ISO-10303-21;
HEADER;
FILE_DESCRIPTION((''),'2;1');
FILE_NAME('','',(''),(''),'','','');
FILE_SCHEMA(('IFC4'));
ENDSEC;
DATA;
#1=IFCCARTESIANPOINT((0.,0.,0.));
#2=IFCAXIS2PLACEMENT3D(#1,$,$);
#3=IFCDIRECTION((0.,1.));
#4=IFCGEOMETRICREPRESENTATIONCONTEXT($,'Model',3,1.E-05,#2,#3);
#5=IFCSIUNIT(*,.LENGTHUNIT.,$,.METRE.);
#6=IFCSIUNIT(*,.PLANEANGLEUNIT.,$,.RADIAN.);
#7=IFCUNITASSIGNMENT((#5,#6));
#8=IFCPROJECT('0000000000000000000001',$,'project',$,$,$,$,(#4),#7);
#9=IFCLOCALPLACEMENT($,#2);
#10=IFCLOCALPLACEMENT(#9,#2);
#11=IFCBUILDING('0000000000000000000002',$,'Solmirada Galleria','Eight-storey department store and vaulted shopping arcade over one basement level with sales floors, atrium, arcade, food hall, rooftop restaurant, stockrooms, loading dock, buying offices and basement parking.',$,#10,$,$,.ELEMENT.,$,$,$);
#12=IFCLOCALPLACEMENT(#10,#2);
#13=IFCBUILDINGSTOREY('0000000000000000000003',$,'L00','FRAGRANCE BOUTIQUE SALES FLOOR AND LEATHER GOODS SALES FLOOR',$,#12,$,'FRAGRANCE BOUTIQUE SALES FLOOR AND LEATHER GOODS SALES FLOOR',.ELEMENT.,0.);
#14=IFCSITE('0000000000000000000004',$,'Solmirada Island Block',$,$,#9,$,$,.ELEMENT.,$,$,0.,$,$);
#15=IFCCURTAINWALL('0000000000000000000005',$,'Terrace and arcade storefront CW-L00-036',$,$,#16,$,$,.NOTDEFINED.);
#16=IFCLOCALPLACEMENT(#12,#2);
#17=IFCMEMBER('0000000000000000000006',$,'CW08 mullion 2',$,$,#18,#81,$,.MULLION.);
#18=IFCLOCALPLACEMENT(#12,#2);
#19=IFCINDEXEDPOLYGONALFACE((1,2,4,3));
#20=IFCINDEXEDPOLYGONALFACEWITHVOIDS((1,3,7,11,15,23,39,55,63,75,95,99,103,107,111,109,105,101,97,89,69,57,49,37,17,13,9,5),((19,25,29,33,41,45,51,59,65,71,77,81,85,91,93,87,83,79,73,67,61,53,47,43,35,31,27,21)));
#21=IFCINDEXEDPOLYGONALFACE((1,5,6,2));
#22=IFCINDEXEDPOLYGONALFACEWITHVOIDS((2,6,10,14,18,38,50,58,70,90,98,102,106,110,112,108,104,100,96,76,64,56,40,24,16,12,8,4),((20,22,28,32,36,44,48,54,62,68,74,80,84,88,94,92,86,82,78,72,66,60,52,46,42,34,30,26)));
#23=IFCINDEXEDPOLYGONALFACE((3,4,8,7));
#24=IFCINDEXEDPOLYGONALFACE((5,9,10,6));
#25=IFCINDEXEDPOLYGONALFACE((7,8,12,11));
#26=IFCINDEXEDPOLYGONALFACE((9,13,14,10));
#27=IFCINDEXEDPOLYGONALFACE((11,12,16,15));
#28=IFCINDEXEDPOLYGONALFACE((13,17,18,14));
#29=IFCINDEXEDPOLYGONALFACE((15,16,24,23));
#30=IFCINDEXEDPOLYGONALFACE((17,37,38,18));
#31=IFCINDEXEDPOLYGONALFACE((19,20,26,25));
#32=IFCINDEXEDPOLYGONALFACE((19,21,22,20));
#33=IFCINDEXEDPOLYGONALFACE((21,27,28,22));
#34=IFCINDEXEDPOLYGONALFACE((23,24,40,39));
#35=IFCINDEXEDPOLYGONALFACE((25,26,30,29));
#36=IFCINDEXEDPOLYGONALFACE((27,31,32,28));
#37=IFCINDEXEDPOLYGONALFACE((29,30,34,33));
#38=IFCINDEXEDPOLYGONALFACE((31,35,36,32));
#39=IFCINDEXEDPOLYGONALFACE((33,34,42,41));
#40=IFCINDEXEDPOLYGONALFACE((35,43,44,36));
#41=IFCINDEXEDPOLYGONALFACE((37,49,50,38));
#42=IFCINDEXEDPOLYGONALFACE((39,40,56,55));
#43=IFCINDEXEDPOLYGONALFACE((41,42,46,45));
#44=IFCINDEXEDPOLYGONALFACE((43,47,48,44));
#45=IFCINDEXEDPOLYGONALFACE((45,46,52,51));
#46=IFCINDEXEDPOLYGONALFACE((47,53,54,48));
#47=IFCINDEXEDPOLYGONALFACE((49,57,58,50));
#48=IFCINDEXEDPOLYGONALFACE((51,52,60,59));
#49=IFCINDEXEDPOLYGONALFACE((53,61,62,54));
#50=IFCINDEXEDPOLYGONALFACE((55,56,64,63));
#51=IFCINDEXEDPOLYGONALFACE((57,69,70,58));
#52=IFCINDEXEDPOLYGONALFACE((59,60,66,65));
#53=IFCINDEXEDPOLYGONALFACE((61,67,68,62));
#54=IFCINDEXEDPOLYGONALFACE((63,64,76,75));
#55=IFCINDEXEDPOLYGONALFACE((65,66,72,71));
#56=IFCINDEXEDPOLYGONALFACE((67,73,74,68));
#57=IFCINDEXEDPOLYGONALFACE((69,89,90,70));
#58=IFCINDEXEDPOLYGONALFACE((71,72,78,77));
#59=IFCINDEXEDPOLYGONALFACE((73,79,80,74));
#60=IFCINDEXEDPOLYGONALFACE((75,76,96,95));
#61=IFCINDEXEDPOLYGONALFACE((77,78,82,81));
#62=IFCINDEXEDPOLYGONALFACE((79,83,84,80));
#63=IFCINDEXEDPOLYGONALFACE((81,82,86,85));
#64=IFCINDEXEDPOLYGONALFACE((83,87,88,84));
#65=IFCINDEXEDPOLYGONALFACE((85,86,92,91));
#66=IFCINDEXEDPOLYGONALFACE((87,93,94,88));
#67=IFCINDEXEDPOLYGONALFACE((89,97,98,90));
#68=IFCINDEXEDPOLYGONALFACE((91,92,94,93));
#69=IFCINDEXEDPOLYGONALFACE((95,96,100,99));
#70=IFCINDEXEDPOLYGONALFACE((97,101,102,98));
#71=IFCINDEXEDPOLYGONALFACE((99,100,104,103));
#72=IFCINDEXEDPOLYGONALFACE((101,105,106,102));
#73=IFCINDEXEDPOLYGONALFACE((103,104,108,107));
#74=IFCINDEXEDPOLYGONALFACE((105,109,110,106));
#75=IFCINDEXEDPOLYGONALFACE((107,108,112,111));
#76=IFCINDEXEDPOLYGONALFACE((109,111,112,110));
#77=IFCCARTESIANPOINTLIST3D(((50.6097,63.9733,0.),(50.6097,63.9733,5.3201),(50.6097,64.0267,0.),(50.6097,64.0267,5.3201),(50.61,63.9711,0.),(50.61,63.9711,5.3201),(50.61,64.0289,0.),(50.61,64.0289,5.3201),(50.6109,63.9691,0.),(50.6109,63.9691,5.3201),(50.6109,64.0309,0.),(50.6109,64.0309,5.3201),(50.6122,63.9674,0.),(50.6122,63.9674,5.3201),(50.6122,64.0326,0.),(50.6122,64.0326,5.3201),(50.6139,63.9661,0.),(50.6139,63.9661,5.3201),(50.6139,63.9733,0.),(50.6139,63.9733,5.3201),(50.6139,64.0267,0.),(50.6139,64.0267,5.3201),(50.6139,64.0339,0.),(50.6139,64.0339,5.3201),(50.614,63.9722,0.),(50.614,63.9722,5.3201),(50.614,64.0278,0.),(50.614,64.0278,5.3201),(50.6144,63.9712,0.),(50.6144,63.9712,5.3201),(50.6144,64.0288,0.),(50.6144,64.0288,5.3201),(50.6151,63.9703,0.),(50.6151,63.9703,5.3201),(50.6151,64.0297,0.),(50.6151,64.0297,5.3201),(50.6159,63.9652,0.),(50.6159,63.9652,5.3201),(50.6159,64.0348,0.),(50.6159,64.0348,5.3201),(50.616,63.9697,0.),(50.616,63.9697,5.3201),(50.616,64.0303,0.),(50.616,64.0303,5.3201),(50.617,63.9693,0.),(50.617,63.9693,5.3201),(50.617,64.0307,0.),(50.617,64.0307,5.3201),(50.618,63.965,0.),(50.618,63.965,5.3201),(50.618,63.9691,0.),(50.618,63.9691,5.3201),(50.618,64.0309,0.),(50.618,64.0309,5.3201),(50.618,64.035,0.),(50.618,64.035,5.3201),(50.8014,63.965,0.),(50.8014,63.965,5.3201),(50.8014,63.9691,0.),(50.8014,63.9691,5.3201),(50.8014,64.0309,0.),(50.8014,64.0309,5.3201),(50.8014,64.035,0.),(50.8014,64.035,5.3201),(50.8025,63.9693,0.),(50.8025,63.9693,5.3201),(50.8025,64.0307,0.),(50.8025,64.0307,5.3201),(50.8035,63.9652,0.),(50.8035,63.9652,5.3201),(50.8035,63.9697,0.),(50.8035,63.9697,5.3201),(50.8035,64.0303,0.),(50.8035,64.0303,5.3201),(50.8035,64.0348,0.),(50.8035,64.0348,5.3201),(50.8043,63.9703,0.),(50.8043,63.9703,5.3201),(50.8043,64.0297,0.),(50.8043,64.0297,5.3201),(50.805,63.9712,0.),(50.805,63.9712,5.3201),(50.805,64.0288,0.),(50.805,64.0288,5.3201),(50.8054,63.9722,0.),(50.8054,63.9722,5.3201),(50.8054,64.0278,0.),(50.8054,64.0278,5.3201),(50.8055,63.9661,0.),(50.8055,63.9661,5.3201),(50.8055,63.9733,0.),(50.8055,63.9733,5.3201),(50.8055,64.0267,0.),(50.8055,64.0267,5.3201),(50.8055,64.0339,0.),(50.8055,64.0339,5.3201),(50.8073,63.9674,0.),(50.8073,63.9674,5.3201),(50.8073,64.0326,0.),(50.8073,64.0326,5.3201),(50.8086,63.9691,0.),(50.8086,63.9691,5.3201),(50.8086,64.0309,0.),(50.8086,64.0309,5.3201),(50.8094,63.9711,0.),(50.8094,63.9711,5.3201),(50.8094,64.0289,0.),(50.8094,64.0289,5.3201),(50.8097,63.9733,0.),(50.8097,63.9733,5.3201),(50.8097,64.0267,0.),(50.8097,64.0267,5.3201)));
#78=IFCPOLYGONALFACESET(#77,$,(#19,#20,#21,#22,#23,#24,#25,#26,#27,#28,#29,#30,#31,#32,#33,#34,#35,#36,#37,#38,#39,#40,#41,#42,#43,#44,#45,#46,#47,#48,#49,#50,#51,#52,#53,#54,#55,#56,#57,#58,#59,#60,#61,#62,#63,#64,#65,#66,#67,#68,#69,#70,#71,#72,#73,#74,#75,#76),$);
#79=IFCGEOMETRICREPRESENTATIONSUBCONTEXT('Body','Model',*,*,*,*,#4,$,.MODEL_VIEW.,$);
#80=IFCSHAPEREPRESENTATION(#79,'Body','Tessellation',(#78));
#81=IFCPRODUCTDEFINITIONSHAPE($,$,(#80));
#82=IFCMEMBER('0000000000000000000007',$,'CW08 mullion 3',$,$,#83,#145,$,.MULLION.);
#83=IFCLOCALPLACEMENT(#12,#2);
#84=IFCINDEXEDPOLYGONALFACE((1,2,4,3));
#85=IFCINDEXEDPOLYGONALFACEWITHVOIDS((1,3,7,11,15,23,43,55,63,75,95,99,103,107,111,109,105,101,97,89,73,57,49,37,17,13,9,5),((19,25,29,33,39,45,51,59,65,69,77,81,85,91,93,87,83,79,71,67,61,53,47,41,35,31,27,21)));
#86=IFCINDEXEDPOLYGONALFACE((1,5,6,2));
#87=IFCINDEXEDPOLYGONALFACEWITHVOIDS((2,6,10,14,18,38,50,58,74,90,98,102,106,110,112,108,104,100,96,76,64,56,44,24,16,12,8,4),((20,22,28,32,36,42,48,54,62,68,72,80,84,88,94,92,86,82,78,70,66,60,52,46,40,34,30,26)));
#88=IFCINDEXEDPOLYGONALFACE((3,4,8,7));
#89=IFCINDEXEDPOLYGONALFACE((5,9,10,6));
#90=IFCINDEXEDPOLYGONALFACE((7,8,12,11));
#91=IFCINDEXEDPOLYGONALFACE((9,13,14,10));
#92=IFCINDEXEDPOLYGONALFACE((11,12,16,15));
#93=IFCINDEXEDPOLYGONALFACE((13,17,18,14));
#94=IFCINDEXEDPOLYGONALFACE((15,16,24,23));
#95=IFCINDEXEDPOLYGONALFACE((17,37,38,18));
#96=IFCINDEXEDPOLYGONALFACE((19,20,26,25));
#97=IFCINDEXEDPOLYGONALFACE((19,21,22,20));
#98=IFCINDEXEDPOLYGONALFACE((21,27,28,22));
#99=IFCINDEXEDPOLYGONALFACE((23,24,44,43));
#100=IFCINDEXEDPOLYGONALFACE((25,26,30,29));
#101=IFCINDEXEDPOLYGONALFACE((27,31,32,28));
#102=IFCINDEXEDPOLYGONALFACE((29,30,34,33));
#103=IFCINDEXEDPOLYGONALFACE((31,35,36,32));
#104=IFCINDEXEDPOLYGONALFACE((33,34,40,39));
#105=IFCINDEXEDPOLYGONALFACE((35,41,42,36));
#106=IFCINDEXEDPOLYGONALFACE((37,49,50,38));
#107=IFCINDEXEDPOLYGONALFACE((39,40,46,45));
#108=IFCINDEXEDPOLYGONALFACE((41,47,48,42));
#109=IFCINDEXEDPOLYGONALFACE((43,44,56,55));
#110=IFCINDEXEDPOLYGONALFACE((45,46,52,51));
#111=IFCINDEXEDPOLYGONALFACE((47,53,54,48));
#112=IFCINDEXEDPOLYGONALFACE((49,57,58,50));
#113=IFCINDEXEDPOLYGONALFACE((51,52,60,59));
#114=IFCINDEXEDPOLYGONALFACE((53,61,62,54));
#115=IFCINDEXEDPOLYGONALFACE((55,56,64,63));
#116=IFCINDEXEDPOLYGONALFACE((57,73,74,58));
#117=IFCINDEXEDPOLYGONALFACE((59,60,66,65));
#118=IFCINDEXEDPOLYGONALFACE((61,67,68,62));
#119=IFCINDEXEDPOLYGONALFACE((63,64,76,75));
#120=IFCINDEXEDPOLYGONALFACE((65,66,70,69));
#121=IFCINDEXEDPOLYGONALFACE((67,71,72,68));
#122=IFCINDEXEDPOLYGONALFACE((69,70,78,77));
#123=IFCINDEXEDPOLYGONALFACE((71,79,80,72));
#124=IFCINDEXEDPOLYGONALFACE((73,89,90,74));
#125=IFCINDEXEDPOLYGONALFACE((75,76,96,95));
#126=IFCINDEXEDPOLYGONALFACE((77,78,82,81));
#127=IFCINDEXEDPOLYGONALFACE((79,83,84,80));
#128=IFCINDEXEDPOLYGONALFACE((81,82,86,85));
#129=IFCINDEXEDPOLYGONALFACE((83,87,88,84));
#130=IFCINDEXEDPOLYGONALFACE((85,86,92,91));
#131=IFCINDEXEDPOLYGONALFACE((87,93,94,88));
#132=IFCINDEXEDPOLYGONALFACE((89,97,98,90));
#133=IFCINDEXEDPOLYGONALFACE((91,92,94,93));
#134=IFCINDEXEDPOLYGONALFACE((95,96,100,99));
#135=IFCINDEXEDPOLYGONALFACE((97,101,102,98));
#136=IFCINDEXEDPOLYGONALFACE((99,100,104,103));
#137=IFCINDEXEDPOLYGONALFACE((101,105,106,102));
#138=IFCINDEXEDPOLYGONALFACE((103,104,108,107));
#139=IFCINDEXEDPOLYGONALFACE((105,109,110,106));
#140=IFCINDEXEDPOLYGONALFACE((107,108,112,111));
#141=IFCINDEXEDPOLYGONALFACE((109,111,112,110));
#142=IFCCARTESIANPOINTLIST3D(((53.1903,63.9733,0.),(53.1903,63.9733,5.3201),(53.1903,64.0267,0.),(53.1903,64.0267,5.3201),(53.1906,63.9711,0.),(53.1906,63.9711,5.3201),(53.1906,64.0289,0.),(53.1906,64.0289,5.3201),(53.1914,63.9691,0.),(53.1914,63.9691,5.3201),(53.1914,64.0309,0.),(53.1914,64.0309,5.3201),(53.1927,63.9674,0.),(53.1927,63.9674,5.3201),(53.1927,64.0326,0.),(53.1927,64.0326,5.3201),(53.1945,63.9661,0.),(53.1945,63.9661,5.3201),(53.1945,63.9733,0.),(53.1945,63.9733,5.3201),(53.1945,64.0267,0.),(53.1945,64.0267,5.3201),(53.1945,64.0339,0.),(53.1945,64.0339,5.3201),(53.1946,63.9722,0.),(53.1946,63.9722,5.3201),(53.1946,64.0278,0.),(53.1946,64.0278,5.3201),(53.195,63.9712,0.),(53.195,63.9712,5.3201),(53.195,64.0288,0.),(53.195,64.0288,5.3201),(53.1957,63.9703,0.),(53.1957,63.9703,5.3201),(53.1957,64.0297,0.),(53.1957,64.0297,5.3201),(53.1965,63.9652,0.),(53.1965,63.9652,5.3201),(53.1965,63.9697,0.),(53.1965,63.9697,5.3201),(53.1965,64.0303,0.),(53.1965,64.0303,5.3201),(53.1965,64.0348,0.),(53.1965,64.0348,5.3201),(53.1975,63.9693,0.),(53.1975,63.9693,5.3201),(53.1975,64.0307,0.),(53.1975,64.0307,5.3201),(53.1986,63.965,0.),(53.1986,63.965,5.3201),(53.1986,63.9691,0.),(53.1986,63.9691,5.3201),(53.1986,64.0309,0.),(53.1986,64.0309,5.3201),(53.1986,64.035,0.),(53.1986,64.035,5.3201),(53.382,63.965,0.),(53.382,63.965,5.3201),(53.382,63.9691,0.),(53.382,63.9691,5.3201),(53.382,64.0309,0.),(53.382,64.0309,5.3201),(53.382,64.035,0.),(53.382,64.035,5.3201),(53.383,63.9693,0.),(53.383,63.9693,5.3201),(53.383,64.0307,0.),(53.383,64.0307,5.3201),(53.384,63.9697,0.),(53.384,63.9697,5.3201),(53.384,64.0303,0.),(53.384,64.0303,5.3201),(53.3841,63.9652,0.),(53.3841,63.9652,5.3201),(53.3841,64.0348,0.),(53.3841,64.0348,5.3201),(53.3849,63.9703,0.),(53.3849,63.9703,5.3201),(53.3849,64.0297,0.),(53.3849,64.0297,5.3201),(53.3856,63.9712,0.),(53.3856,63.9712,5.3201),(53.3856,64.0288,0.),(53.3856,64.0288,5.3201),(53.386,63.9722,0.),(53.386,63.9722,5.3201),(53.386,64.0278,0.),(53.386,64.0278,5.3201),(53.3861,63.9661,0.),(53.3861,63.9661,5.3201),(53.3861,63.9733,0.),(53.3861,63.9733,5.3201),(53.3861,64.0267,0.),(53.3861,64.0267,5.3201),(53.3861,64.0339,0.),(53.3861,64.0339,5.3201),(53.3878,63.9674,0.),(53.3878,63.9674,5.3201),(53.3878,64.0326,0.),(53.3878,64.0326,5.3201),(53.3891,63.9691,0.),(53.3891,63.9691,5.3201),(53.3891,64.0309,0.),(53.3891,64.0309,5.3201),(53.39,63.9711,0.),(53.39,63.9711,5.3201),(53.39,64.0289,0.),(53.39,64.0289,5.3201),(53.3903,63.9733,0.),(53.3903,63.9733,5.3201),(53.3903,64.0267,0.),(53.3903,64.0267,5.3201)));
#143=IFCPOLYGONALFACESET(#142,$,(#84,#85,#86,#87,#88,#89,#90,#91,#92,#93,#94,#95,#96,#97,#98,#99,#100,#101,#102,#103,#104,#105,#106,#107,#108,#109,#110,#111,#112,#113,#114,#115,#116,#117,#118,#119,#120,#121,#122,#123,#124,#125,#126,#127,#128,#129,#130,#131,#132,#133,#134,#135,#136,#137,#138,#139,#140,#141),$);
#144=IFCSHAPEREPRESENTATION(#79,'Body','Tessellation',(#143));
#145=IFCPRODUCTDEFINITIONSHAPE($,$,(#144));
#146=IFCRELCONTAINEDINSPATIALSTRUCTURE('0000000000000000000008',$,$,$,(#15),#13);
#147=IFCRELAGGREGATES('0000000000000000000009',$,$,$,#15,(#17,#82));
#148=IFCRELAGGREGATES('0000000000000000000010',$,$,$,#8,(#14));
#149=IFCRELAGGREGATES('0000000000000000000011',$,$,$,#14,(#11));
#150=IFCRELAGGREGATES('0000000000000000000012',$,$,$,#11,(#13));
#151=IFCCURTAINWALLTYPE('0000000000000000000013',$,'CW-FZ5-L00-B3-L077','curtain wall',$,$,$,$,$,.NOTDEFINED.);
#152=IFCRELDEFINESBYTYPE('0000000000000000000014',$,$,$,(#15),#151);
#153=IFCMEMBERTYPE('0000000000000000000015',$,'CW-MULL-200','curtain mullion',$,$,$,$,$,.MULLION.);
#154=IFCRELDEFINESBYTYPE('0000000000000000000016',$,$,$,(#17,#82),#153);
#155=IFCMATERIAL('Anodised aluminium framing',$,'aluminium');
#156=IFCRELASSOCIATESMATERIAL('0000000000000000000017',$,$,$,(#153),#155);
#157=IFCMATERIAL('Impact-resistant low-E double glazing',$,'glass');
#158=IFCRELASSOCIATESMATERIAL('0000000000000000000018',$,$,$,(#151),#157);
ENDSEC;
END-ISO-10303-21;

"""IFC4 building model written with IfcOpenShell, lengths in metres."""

from ifc_helpers import new_model, si_unit, direction, frame, origin, origin_2d, place, context, subcontext, project, spatial, hollow_rectangle, extrude, material, material_profile, profile_set, type_object, element, aggregate, save


model = new_model("IFC4")

# Units and contexts
model_context = context("Model", 3, precision=1e-05, world=origin(), true_north=direction((0.0, 1.0)))
body_context = subcontext(model_context, "Body", "Model", "MODEL_VIEW")
ifc_project = project(units=[si_unit("LENGTHUNIT", "METRE"), si_unit("PLANEANGLEUNIT", "RADIAN")], contexts=[model_context])

# Site, building, storey
site_placement = place(None, origin())
site = spatial("IfcSite", under=ifc_project, at=site_placement, Name="Solmirada Island Block", CompositionType="ELEMENT", RefElevation=0.0)
building_placement = place(site_placement, origin())
building = spatial("IfcBuilding", under=site, at=building_placement, Name="Solmirada Galleria", Description="Eight-storey department store and vaulted shopping arcade over one basement level with sales floors, atrium, arcade, food hall, rooftop restaurant, stockrooms, loading dock, buying offices and basement parking.", CompositionType="ELEMENT")
storey_placement = place(building_placement, origin())
storey = spatial("IfcBuildingStorey", under=building, at=storey_placement, Name="L00", Description="FRAGRANCE BOUTIQUE SALES FLOOR AND LEATHER GOODS SALES FLOOR", LongName="FRAGRANCE BOUTIQUE SALES FLOOR AND LEATHER GOODS SALES FLOOR", CompositionType="ELEMENT", Elevation=0.0)

# Curtain wall, members
ifc_material_1 = material(Name="Impact-resistant low-E double glazing", Category="glass")
ifc_material_2 = material(Name="Anodised aluminium framing", Category="aluminium")
ifc_material_profile_1 = material_profile(ifc_material_2, hollow_rectangle(XDim=0.0701, YDim=0.2, WallThickness=0.0042, InnerFilletRadius=0.0042, OuterFilletRadius=0.0083, at=origin_2d()), Name="ALU-MULL-200X70")
ifc_profile_set_1 = profile_set([ifc_material_profile_1], Name="Anodised aluminium framing")
member_type_1 = type_object("IfcMemberType", Name="CW-MULL-200", Description="curtain mullion", PredefinedType="MULLION", material=ifc_profile_set_1)
curtain_wall_type_1 = type_object("IfcCurtainWallType", Name="CW-FZ5-L00-B3-L077", Description="curtain wall", PredefinedType="NOTDEFINED", material=ifc_material_1)
curtain_wall_1_placement = place(storey_placement, origin())
curtain_wall_1 = element("IfcCurtainWall", 1, at=curtain_wall_1_placement, inside=storey, type_object=curtain_wall_type_1, Name="Terrace and arcade storefront CW-L00-036", PredefinedType="NOTDEFINED")
member_1_placement = place(storey_placement, frame((50.7097, 64.0, 0.0), z_axis=(0.0, 0.0, 1.0), x_axis=(0.0, 1.0, 0.0)))
member_1 = element("IfcMember", 2, at=member_1_placement, type_object=member_type_1, Name="CW08 mullion 2", PredefinedType="MULLION", context=body_context, shape_type="SweptSolid", body=[
    extrude(hollow_rectangle(XDim=0.0701, YDim=0.2, WallThickness=0.0042, InnerFilletRadius=0.0042, OuterFilletRadius=0.0083, at=origin_2d()), origin(), (0.0, 0.0, 1.0), 5.3201),
])
member_2_placement = place(storey_placement, frame((53.2903, 64.0, 0.0), z_axis=(0.0, 0.0, 1.0), x_axis=(0.0, 1.0, 0.0)))
member_2 = element("IfcMember", 3, at=member_2_placement, type_object=member_type_1, Name="CW08 mullion 3", PredefinedType="MULLION", context=body_context, shape_type="SweptSolid", body=[
    extrude(hollow_rectangle(XDim=0.0701, YDim=0.2, WallThickness=0.0042, InnerFilletRadius=0.0042, OuterFilletRadius=0.0083, at=origin_2d()), origin(), (0.0, 0.0, 1.0), 5.3201),
])

aggregate(curtain_wall_1, [member_1, member_2])

save(model, "model.ifc")
